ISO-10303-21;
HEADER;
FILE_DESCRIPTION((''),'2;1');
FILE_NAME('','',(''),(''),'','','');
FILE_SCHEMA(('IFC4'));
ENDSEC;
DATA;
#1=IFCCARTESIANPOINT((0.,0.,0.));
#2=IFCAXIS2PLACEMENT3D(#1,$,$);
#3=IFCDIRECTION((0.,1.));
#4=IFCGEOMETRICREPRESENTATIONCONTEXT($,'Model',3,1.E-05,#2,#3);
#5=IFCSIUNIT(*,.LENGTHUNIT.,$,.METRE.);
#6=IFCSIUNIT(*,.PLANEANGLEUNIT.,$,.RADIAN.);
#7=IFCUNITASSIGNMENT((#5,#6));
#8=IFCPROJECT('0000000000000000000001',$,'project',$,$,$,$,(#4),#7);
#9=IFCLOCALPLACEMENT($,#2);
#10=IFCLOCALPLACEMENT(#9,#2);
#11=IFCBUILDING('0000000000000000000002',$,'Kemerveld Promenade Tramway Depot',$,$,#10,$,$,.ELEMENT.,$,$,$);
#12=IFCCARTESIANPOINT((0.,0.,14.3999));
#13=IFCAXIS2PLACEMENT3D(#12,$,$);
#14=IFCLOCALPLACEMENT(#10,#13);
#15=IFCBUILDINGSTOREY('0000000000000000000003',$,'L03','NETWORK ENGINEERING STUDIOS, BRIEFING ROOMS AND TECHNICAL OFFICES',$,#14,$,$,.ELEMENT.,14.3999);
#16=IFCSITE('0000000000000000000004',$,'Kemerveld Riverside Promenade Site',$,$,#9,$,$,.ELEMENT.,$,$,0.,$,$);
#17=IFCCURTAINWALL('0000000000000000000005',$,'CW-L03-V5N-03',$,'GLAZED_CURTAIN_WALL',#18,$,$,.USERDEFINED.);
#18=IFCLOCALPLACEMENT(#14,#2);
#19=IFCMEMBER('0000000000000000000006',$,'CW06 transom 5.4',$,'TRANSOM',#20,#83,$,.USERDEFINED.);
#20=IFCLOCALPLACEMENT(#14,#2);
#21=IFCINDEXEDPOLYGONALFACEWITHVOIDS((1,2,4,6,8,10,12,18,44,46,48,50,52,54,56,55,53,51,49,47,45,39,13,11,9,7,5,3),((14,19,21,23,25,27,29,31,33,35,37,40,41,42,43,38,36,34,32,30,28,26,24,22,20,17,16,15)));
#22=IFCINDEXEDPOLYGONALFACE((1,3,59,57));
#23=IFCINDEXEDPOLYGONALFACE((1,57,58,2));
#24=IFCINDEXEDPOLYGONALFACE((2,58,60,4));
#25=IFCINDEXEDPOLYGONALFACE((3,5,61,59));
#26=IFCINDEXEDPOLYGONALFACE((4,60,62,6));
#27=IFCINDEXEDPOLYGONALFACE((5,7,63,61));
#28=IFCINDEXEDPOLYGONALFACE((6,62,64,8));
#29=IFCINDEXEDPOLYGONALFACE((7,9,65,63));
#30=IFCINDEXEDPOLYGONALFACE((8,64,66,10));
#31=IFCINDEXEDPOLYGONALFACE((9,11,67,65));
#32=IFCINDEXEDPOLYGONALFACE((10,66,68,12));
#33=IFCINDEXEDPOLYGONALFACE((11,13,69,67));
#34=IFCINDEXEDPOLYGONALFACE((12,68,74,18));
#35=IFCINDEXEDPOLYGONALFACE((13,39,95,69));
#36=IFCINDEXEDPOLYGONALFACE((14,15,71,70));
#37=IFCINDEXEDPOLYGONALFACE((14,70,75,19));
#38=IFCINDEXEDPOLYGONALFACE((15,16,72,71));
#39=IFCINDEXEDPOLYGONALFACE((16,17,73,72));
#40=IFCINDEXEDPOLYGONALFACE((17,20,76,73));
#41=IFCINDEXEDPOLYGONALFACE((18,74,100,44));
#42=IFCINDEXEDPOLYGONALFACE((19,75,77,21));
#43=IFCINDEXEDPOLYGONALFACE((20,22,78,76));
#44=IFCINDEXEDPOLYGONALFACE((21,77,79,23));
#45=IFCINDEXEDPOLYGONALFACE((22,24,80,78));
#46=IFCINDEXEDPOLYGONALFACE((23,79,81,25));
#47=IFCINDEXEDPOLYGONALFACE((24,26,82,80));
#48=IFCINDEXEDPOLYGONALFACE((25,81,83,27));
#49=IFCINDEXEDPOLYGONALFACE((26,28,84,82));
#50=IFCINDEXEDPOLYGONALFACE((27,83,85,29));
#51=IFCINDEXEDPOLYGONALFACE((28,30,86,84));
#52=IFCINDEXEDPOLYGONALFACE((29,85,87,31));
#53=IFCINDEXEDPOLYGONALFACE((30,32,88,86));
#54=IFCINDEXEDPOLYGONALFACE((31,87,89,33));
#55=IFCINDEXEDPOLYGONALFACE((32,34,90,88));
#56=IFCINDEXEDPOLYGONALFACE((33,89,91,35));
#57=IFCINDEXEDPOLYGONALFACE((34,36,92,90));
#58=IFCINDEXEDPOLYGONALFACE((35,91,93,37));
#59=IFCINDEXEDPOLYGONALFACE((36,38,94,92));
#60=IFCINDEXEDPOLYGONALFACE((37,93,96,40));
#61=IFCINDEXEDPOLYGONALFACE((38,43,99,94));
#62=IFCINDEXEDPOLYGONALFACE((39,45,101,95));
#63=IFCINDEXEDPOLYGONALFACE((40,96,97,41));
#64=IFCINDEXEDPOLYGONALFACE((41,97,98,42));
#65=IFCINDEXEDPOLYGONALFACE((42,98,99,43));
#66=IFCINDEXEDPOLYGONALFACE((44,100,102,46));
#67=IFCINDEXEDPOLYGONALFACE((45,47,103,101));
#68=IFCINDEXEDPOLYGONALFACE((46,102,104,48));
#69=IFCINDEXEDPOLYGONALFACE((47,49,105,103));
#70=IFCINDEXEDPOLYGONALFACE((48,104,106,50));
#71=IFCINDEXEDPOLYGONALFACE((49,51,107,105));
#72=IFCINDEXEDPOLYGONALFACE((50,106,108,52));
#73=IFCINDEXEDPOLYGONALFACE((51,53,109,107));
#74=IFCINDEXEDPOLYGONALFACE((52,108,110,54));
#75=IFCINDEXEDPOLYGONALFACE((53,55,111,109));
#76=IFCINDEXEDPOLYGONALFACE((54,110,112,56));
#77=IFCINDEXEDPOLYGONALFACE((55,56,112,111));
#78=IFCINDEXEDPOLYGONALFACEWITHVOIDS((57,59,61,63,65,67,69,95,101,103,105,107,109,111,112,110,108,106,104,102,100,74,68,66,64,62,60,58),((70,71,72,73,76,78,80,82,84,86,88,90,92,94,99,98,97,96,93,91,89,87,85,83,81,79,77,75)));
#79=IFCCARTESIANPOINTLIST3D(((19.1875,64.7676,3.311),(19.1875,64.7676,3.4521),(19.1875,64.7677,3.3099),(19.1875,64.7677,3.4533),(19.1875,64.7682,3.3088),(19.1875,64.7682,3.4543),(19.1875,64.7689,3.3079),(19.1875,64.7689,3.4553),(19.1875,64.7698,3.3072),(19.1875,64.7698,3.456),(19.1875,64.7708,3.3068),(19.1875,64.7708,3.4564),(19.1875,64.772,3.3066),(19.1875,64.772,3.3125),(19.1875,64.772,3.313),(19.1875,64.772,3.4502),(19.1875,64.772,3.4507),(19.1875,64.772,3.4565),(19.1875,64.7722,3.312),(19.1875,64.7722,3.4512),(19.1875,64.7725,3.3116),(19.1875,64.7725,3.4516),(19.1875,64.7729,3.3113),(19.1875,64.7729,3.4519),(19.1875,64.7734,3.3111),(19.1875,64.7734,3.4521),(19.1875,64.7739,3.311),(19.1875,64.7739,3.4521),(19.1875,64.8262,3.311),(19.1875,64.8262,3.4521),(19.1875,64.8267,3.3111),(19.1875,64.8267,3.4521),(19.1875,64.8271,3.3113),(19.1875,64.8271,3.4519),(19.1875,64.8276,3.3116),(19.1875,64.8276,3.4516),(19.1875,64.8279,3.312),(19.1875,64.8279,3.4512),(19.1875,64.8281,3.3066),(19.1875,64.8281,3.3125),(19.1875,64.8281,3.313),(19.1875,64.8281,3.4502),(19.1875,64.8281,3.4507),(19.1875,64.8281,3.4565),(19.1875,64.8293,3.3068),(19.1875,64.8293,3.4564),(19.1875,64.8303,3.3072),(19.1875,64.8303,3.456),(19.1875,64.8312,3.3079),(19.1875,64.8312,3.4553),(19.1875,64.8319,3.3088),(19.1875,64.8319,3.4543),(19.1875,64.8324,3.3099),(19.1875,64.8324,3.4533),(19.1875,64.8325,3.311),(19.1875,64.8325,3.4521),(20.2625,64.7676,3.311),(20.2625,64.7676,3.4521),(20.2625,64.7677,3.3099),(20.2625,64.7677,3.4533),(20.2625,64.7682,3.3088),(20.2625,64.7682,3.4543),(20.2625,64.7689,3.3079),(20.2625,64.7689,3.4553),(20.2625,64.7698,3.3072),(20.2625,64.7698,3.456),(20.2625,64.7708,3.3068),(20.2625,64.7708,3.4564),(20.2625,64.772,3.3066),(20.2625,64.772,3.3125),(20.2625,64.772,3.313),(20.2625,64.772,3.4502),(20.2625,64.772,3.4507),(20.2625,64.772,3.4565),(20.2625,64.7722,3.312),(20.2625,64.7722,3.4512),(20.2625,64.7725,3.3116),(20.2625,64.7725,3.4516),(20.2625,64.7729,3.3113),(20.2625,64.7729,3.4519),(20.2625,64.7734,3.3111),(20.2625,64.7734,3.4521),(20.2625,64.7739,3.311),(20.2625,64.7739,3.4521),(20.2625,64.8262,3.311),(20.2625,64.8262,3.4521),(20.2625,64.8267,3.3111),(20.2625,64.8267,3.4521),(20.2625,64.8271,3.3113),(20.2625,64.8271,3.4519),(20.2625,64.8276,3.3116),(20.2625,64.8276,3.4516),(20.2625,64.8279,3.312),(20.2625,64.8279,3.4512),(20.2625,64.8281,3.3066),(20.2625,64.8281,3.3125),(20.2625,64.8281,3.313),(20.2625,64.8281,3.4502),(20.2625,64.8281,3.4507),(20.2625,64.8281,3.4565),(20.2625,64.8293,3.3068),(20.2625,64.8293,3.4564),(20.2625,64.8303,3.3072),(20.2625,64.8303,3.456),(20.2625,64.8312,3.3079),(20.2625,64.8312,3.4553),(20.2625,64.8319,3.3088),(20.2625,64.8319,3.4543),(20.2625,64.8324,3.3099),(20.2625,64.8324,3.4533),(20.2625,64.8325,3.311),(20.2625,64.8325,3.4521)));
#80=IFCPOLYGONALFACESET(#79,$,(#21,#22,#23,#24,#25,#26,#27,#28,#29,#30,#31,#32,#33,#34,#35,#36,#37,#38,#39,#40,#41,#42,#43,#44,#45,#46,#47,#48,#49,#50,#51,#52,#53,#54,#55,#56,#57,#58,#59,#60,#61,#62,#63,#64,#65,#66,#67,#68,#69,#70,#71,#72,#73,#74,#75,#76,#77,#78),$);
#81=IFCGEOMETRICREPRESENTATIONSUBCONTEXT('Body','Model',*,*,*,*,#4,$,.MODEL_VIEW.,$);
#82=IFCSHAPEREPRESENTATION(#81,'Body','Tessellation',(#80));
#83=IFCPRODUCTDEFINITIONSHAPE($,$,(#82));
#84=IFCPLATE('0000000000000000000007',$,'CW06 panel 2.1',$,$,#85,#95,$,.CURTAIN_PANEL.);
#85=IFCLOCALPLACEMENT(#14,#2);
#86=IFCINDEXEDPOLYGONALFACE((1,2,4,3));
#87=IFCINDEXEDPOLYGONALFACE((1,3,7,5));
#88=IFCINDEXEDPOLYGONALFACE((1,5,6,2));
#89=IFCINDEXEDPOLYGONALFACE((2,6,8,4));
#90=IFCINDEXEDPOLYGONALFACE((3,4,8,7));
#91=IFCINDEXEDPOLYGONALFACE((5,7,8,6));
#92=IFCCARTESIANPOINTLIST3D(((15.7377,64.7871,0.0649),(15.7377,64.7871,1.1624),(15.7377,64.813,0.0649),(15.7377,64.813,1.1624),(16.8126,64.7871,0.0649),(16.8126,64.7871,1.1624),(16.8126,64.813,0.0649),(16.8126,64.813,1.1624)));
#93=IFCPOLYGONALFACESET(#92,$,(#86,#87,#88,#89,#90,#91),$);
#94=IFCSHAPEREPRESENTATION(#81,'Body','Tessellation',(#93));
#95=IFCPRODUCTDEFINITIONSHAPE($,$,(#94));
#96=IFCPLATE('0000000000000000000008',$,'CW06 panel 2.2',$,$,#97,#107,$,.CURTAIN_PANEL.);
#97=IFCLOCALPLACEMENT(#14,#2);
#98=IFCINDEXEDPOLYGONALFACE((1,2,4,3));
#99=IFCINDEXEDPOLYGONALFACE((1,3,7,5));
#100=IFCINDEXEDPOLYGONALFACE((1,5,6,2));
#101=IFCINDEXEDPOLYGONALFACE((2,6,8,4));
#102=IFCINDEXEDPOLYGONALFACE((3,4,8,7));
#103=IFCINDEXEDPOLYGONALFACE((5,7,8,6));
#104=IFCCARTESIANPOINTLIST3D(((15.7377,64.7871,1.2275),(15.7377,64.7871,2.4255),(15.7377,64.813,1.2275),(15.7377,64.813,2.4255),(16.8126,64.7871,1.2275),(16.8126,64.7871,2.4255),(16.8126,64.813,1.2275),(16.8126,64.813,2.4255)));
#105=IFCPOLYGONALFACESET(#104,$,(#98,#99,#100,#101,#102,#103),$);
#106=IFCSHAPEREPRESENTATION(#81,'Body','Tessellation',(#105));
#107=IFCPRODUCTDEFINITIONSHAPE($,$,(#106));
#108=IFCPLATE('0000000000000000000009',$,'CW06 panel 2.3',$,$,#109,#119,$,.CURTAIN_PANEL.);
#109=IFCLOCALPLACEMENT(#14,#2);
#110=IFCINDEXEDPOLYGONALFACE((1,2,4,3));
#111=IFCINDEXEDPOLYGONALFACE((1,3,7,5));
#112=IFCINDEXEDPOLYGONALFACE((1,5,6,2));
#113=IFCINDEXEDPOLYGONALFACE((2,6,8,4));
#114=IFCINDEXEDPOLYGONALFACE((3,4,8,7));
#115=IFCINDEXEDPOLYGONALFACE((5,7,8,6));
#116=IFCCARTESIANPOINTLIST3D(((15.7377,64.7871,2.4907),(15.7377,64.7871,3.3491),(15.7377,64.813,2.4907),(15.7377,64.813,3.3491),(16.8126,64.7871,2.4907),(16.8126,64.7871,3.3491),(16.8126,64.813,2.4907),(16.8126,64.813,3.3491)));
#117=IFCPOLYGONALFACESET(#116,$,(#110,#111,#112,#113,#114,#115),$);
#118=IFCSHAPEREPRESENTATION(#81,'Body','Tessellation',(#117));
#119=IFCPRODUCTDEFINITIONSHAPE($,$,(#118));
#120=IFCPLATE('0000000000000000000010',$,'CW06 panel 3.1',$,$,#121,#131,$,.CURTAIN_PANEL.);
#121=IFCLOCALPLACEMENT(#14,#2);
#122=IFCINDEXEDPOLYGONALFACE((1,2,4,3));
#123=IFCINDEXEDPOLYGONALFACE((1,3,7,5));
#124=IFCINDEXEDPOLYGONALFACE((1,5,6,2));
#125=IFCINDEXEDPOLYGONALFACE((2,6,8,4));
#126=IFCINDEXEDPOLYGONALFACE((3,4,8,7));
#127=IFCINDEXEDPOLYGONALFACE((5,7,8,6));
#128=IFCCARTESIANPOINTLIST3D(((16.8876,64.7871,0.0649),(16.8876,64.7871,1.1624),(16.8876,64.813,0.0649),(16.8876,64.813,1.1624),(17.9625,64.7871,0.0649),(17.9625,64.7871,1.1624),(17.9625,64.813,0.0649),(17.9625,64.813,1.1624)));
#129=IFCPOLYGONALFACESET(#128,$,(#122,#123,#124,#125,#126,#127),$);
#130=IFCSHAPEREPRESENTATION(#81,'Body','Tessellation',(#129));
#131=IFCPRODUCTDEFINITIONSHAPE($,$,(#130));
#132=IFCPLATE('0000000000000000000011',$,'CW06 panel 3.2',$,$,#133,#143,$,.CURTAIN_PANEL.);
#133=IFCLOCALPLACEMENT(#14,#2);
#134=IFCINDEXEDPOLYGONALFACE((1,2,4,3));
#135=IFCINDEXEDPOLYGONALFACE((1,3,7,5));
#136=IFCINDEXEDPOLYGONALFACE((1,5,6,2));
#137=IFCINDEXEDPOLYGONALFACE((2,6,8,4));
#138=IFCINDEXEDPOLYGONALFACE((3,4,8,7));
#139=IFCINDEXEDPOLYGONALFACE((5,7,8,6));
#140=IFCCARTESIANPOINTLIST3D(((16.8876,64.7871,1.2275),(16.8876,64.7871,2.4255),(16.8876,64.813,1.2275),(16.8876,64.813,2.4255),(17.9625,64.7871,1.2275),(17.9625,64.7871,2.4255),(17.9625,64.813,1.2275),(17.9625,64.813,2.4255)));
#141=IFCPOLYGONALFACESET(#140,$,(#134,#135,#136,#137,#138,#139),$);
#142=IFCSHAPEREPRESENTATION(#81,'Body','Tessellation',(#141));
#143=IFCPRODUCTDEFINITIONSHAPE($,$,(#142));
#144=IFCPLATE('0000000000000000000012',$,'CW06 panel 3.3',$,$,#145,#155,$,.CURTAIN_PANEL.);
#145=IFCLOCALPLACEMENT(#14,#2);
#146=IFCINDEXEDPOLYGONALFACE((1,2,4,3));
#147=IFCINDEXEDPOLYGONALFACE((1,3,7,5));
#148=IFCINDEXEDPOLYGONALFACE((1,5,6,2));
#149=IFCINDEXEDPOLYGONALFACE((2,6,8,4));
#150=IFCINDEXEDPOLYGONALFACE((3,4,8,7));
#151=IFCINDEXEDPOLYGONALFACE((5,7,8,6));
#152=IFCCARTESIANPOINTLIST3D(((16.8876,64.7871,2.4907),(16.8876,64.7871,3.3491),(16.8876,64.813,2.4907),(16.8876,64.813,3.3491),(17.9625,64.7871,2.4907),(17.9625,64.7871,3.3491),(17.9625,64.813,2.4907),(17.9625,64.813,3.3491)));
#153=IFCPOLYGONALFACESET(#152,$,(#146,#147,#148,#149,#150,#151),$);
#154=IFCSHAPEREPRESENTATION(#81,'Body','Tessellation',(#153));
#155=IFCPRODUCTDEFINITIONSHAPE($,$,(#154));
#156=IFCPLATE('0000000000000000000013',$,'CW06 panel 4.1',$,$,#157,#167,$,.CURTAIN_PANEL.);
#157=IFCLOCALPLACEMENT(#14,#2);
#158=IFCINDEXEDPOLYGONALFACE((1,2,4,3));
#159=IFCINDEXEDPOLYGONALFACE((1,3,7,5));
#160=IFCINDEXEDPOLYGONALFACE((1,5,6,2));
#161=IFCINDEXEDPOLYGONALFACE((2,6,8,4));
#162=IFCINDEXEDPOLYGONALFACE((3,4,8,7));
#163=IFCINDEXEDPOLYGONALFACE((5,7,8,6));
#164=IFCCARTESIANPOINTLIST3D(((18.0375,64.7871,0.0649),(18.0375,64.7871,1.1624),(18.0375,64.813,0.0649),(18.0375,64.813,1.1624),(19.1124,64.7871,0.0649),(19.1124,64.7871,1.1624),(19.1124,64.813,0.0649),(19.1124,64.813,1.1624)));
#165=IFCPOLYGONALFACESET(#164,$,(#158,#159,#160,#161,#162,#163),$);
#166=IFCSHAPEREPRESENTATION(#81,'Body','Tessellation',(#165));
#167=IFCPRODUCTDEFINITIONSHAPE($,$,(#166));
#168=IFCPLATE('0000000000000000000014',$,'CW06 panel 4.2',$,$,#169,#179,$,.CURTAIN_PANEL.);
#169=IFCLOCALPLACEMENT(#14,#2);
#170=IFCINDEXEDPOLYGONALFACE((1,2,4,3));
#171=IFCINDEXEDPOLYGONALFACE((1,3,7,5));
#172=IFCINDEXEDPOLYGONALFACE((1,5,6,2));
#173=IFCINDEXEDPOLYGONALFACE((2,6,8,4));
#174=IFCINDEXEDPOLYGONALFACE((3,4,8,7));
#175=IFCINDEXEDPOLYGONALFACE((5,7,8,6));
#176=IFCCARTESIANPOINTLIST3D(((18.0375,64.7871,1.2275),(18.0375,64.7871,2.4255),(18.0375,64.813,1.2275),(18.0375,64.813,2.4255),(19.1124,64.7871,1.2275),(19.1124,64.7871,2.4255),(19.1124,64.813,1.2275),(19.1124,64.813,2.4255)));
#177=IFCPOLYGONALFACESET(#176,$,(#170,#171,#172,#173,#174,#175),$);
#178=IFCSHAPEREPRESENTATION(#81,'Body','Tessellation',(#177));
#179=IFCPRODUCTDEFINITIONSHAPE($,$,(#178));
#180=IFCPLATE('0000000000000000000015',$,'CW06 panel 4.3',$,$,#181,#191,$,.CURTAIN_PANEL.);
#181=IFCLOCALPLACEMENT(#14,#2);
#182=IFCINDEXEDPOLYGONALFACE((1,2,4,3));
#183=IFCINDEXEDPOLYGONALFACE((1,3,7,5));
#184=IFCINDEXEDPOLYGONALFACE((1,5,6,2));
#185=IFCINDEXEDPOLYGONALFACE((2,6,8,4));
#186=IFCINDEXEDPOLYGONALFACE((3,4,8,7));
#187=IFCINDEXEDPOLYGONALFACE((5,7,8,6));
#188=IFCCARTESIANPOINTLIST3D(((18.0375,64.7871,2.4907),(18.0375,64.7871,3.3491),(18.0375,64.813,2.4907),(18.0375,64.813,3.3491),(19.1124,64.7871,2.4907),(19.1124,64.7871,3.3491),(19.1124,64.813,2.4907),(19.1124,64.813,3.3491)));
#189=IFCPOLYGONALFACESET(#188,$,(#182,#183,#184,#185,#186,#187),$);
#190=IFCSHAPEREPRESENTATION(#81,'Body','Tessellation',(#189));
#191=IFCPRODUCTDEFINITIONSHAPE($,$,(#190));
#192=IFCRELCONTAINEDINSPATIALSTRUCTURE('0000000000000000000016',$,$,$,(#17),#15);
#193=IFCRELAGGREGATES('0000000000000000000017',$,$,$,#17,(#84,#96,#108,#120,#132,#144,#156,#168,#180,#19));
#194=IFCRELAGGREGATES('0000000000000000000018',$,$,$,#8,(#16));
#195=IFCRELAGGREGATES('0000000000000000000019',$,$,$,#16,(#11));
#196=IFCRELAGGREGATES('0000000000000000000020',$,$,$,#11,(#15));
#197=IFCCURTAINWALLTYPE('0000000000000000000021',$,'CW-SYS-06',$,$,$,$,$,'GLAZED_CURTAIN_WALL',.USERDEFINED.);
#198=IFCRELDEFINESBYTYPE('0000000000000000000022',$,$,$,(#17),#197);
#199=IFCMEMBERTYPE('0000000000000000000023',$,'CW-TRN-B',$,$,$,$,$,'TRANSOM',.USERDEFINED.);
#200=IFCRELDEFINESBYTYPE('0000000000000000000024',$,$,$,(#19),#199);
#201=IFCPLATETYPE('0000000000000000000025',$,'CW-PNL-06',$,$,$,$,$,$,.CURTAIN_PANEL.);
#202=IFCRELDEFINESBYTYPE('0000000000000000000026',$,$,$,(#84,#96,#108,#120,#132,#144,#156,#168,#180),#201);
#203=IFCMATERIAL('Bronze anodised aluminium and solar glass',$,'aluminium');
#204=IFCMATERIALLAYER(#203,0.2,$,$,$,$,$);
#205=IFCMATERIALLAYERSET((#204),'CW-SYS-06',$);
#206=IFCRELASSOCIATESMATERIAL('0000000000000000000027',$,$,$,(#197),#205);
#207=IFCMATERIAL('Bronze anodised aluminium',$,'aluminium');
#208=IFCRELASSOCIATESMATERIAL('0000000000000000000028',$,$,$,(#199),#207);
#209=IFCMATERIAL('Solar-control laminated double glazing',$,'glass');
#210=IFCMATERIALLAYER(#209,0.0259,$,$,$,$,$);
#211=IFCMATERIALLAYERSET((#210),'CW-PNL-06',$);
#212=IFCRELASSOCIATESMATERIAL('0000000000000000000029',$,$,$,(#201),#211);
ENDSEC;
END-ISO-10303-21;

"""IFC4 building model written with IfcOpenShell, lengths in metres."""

from ifc_helpers import new_model, si_unit, direction, frame, origin, origin_2d, place, context, subcontext, project, spatial, rectangle, hollow_rectangle, extrude, material, layer, layer_set, material_profile, profile_set, type_object, element, aggregate, save


model = new_model("IFC4")

# Units and contexts
model_context = context("Model", 3, precision=1e-05, world=origin(), true_north=direction((0.0, 1.0)))
body_context = subcontext(model_context, "Body", "Model", "MODEL_VIEW")
ifc_project = project(units=[si_unit("LENGTHUNIT", "METRE"), si_unit("PLANEANGLEUNIT", "RADIAN")], contexts=[model_context])

# Site, building, storey
site_placement = place(None, origin())
site = spatial("IfcSite", under=ifc_project, at=site_placement, Name="Kemerveld Riverside Promenade Site", CompositionType="ELEMENT", RefElevation=0.0)
building_placement = place(site_placement, origin())
building = spatial("IfcBuilding", under=site, at=building_placement, Name="Kemerveld Promenade Tramway Depot", CompositionType="ELEMENT")
storey_placement = place(building_placement, frame((0.0, 0.0, 14.3999)))
storey = spatial("IfcBuildingStorey", under=building, at=storey_placement, Name="L03", Description="NETWORK ENGINEERING STUDIOS, BRIEFING ROOMS AND TECHNICAL OFFICES", CompositionType="ELEMENT", Elevation=14.3999)

# Curtain wall, member, plates
ifc_material_1 = material(Name="Bronze anodised aluminium and solar glass", Category="aluminium")
ifc_layer_1 = layer(ifc_material_1, 0.2)
ifc_layer_set_1 = layer_set([ifc_layer_1], Name="CW-SYS-06")
curtain_wall_type = type_object("IfcCurtainWallType", Name="CW-SYS-06", ElementType="GLAZED_CURTAIN_WALL", PredefinedType="USERDEFINED", material=ifc_layer_set_1)
curtain_wall_placement = place(storey_placement, origin())
curtain_wall = element("IfcCurtainWall", 1, at=curtain_wall_placement, inside=storey, type_object=curtain_wall_type, Name="CW-L03-V5N-03", ObjectType="GLAZED_CURTAIN_WALL", PredefinedType="USERDEFINED")
ifc_material_2 = material(Name="Bronze anodised aluminium", Category="aluminium")
ifc_material_profile_1 = material_profile(ifc_material_2, hollow_rectangle(XDim=0.0649, YDim=0.1499, WallThickness=0.0044, InnerFilletRadius=0.002, OuterFilletRadius=0.0044, at=origin_2d()), Name="CW-TRN-150x65")
ifc_profile_set_1 = profile_set([ifc_material_profile_1], Name="Bronze anodised aluminium")
member_type_1 = type_object("IfcMemberType", Name="CW-TRN-B", ElementType="TRANSOM", PredefinedType="USERDEFINED", material=ifc_profile_set_1)
member_1_placement = place(storey_placement, frame((19.1875, 64.8, 3.3816), z_axis=(1.0, 0.0, 0.0), x_axis=(0.0, 1.0, 0.0)))
member_1 = element("IfcMember", 2, at=member_1_placement, type_object=member_type_1, Name="CW06 transom 5.4", ObjectType="TRANSOM", PredefinedType="USERDEFINED", context=body_context, shape_type="SweptSolid", body=[
    extrude(hollow_rectangle(XDim=0.0649, YDim=0.1499, WallThickness=0.0044, InnerFilletRadius=0.002, OuterFilletRadius=0.0044, at=origin_2d()), origin(), (0.0, 0.0, 1.0), 1.075),
])
ifc_material_3 = material(Name="Solar-control laminated double glazing", Category="glass")
ifc_layer_2 = layer(ifc_material_3, 0.0259)
ifc_layer_set_2 = layer_set([ifc_layer_2], Name="CW-PNL-06")
plate_type = type_object("IfcPlateType", Name="CW-PNL-06", PredefinedType="CURTAIN_PANEL", material=ifc_layer_set_2)
plate_1_placement = place(storey_placement, frame((16.2751, 64.8, 0.0649), z_axis=(0.0, 0.0, 1.0), x_axis=(1.0, 0.0, 0.0)))
plate_1 = element("IfcPlate", 3, at=plate_1_placement, type_object=plate_type, Name="CW06 panel 2.1", PredefinedType="CURTAIN_PANEL", context=body_context, shape_type="SweptSolid", body=[
    extrude(rectangle(XDim=1.075, YDim=0.0259, at=origin_2d()), origin(), (0.0, 0.0, 1.0), 1.0974),
])
plate_2_placement = place(storey_placement, frame((16.2751, 64.8, 1.2275), z_axis=(0.0, 0.0, 1.0), x_axis=(1.0, 0.0, 0.0)))
plate_2 = element("IfcPlate", 4, at=plate_2_placement, type_object=plate_type, Name="CW06 panel 2.2", PredefinedType="CURTAIN_PANEL", context=body_context, shape_type="SweptSolid", body=[
    extrude(rectangle(XDim=1.075, YDim=0.0259, at=origin_2d()), origin(), (0.0, 0.0, 1.0), 1.198),
])
plate_3_placement = place(storey_placement, frame((16.2751, 64.8, 2.4907), z_axis=(0.0, 0.0, 1.0), x_axis=(1.0, 0.0, 0.0)))
plate_3 = element("IfcPlate", 5, at=plate_3_placement, type_object=plate_type, Name="CW06 panel 2.3", PredefinedType="CURTAIN_PANEL", context=body_context, shape_type="SweptSolid", body=[
    extrude(rectangle(XDim=1.075, YDim=0.0259, at=origin_2d()), origin(), (0.0, 0.0, 1.0), 0.8584),
])
plate_4_placement = place(storey_placement, frame((17.425, 64.8, 0.0649), z_axis=(0.0, 0.0, 1.0), x_axis=(1.0, 0.0, 0.0)))
plate_4 = element("IfcPlate", 6, at=plate_4_placement, type_object=plate_type, Name="CW06 panel 3.1", PredefinedType="CURTAIN_PANEL", context=body_context, shape_type="SweptSolid", body=[
    extrude(rectangle(XDim=1.075, YDim=0.0259, at=origin_2d()), origin(), (0.0, 0.0, 1.0), 1.0974),
])
plate_5_placement = place(storey_placement, frame((17.425, 64.8, 1.2275), z_axis=(0.0, 0.0, 1.0), x_axis=(1.0, 0.0, 0.0)))
plate_5 = element("IfcPlate", 7, at=plate_5_placement, type_object=plate_type, Name="CW06 panel 3.2", PredefinedType="CURTAIN_PANEL", context=body_context, shape_type="SweptSolid", body=[
    extrude(rectangle(XDim=1.075, YDim=0.0259, at=origin_2d()), origin(), (0.0, 0.0, 1.0), 1.198),
])
plate_6_placement = place(storey_placement, frame((17.425, 64.8, 2.4907), z_axis=(0.0, 0.0, 1.0), x_axis=(1.0, 0.0, 0.0)))
plate_6 = element("IfcPlate", 8, at=plate_6_placement, type_object=plate_type, Name="CW06 panel 3.3", PredefinedType="CURTAIN_PANEL", context=body_context, shape_type="SweptSolid", body=[
    extrude(rectangle(XDim=1.075, YDim=0.0259, at=origin_2d()), origin(), (0.0, 0.0, 1.0), 0.8584),
])
plate_7_placement = place(storey_placement, frame((18.575, 64.8, 0.0649), z_axis=(0.0, 0.0, 1.0), x_axis=(1.0, 0.0, 0.0)))
plate_7 = element("IfcPlate", 9, at=plate_7_placement, type_object=plate_type, Name="CW06 panel 4.1", PredefinedType="CURTAIN_PANEL", context=body_context, shape_type="SweptSolid", body=[
    extrude(rectangle(XDim=1.075, YDim=0.0259, at=origin_2d()), origin(), (0.0, 0.0, 1.0), 1.0974),
])
plate_8_placement = place(storey_placement, frame((18.575, 64.8, 1.2275), z_axis=(0.0, 0.0, 1.0), x_axis=(1.0, 0.0, 0.0)))
plate_8 = element("IfcPlate", 10, at=plate_8_placement, type_object=plate_type, Name="CW06 panel 4.2", PredefinedType="CURTAIN_PANEL", context=body_context, shape_type="SweptSolid", body=[
    extrude(rectangle(XDim=1.075, YDim=0.0259, at=origin_2d()), origin(), (0.0, 0.0, 1.0), 1.198),
])
plate_9_placement = place(storey_placement, frame((18.575, 64.8, 2.4907), z_axis=(0.0, 0.0, 1.0), x_axis=(1.0, 0.0, 0.0)))
plate_9 = element("IfcPlate", 11, at=plate_9_placement, type_object=plate_type, Name="CW06 panel 4.3", PredefinedType="CURTAIN_PANEL", context=body_context, shape_type="SweptSolid", body=[
    extrude(rectangle(XDim=1.075, YDim=0.0259, at=origin_2d()), origin(), (0.0, 0.0, 1.0), 0.8584),
])
aggregate(curtain_wall, [plate_1, plate_2, plate_3, plate_4, plate_5, plate_6, plate_7, plate_8, plate_9, member_1])

save(model, "model.ifc")
